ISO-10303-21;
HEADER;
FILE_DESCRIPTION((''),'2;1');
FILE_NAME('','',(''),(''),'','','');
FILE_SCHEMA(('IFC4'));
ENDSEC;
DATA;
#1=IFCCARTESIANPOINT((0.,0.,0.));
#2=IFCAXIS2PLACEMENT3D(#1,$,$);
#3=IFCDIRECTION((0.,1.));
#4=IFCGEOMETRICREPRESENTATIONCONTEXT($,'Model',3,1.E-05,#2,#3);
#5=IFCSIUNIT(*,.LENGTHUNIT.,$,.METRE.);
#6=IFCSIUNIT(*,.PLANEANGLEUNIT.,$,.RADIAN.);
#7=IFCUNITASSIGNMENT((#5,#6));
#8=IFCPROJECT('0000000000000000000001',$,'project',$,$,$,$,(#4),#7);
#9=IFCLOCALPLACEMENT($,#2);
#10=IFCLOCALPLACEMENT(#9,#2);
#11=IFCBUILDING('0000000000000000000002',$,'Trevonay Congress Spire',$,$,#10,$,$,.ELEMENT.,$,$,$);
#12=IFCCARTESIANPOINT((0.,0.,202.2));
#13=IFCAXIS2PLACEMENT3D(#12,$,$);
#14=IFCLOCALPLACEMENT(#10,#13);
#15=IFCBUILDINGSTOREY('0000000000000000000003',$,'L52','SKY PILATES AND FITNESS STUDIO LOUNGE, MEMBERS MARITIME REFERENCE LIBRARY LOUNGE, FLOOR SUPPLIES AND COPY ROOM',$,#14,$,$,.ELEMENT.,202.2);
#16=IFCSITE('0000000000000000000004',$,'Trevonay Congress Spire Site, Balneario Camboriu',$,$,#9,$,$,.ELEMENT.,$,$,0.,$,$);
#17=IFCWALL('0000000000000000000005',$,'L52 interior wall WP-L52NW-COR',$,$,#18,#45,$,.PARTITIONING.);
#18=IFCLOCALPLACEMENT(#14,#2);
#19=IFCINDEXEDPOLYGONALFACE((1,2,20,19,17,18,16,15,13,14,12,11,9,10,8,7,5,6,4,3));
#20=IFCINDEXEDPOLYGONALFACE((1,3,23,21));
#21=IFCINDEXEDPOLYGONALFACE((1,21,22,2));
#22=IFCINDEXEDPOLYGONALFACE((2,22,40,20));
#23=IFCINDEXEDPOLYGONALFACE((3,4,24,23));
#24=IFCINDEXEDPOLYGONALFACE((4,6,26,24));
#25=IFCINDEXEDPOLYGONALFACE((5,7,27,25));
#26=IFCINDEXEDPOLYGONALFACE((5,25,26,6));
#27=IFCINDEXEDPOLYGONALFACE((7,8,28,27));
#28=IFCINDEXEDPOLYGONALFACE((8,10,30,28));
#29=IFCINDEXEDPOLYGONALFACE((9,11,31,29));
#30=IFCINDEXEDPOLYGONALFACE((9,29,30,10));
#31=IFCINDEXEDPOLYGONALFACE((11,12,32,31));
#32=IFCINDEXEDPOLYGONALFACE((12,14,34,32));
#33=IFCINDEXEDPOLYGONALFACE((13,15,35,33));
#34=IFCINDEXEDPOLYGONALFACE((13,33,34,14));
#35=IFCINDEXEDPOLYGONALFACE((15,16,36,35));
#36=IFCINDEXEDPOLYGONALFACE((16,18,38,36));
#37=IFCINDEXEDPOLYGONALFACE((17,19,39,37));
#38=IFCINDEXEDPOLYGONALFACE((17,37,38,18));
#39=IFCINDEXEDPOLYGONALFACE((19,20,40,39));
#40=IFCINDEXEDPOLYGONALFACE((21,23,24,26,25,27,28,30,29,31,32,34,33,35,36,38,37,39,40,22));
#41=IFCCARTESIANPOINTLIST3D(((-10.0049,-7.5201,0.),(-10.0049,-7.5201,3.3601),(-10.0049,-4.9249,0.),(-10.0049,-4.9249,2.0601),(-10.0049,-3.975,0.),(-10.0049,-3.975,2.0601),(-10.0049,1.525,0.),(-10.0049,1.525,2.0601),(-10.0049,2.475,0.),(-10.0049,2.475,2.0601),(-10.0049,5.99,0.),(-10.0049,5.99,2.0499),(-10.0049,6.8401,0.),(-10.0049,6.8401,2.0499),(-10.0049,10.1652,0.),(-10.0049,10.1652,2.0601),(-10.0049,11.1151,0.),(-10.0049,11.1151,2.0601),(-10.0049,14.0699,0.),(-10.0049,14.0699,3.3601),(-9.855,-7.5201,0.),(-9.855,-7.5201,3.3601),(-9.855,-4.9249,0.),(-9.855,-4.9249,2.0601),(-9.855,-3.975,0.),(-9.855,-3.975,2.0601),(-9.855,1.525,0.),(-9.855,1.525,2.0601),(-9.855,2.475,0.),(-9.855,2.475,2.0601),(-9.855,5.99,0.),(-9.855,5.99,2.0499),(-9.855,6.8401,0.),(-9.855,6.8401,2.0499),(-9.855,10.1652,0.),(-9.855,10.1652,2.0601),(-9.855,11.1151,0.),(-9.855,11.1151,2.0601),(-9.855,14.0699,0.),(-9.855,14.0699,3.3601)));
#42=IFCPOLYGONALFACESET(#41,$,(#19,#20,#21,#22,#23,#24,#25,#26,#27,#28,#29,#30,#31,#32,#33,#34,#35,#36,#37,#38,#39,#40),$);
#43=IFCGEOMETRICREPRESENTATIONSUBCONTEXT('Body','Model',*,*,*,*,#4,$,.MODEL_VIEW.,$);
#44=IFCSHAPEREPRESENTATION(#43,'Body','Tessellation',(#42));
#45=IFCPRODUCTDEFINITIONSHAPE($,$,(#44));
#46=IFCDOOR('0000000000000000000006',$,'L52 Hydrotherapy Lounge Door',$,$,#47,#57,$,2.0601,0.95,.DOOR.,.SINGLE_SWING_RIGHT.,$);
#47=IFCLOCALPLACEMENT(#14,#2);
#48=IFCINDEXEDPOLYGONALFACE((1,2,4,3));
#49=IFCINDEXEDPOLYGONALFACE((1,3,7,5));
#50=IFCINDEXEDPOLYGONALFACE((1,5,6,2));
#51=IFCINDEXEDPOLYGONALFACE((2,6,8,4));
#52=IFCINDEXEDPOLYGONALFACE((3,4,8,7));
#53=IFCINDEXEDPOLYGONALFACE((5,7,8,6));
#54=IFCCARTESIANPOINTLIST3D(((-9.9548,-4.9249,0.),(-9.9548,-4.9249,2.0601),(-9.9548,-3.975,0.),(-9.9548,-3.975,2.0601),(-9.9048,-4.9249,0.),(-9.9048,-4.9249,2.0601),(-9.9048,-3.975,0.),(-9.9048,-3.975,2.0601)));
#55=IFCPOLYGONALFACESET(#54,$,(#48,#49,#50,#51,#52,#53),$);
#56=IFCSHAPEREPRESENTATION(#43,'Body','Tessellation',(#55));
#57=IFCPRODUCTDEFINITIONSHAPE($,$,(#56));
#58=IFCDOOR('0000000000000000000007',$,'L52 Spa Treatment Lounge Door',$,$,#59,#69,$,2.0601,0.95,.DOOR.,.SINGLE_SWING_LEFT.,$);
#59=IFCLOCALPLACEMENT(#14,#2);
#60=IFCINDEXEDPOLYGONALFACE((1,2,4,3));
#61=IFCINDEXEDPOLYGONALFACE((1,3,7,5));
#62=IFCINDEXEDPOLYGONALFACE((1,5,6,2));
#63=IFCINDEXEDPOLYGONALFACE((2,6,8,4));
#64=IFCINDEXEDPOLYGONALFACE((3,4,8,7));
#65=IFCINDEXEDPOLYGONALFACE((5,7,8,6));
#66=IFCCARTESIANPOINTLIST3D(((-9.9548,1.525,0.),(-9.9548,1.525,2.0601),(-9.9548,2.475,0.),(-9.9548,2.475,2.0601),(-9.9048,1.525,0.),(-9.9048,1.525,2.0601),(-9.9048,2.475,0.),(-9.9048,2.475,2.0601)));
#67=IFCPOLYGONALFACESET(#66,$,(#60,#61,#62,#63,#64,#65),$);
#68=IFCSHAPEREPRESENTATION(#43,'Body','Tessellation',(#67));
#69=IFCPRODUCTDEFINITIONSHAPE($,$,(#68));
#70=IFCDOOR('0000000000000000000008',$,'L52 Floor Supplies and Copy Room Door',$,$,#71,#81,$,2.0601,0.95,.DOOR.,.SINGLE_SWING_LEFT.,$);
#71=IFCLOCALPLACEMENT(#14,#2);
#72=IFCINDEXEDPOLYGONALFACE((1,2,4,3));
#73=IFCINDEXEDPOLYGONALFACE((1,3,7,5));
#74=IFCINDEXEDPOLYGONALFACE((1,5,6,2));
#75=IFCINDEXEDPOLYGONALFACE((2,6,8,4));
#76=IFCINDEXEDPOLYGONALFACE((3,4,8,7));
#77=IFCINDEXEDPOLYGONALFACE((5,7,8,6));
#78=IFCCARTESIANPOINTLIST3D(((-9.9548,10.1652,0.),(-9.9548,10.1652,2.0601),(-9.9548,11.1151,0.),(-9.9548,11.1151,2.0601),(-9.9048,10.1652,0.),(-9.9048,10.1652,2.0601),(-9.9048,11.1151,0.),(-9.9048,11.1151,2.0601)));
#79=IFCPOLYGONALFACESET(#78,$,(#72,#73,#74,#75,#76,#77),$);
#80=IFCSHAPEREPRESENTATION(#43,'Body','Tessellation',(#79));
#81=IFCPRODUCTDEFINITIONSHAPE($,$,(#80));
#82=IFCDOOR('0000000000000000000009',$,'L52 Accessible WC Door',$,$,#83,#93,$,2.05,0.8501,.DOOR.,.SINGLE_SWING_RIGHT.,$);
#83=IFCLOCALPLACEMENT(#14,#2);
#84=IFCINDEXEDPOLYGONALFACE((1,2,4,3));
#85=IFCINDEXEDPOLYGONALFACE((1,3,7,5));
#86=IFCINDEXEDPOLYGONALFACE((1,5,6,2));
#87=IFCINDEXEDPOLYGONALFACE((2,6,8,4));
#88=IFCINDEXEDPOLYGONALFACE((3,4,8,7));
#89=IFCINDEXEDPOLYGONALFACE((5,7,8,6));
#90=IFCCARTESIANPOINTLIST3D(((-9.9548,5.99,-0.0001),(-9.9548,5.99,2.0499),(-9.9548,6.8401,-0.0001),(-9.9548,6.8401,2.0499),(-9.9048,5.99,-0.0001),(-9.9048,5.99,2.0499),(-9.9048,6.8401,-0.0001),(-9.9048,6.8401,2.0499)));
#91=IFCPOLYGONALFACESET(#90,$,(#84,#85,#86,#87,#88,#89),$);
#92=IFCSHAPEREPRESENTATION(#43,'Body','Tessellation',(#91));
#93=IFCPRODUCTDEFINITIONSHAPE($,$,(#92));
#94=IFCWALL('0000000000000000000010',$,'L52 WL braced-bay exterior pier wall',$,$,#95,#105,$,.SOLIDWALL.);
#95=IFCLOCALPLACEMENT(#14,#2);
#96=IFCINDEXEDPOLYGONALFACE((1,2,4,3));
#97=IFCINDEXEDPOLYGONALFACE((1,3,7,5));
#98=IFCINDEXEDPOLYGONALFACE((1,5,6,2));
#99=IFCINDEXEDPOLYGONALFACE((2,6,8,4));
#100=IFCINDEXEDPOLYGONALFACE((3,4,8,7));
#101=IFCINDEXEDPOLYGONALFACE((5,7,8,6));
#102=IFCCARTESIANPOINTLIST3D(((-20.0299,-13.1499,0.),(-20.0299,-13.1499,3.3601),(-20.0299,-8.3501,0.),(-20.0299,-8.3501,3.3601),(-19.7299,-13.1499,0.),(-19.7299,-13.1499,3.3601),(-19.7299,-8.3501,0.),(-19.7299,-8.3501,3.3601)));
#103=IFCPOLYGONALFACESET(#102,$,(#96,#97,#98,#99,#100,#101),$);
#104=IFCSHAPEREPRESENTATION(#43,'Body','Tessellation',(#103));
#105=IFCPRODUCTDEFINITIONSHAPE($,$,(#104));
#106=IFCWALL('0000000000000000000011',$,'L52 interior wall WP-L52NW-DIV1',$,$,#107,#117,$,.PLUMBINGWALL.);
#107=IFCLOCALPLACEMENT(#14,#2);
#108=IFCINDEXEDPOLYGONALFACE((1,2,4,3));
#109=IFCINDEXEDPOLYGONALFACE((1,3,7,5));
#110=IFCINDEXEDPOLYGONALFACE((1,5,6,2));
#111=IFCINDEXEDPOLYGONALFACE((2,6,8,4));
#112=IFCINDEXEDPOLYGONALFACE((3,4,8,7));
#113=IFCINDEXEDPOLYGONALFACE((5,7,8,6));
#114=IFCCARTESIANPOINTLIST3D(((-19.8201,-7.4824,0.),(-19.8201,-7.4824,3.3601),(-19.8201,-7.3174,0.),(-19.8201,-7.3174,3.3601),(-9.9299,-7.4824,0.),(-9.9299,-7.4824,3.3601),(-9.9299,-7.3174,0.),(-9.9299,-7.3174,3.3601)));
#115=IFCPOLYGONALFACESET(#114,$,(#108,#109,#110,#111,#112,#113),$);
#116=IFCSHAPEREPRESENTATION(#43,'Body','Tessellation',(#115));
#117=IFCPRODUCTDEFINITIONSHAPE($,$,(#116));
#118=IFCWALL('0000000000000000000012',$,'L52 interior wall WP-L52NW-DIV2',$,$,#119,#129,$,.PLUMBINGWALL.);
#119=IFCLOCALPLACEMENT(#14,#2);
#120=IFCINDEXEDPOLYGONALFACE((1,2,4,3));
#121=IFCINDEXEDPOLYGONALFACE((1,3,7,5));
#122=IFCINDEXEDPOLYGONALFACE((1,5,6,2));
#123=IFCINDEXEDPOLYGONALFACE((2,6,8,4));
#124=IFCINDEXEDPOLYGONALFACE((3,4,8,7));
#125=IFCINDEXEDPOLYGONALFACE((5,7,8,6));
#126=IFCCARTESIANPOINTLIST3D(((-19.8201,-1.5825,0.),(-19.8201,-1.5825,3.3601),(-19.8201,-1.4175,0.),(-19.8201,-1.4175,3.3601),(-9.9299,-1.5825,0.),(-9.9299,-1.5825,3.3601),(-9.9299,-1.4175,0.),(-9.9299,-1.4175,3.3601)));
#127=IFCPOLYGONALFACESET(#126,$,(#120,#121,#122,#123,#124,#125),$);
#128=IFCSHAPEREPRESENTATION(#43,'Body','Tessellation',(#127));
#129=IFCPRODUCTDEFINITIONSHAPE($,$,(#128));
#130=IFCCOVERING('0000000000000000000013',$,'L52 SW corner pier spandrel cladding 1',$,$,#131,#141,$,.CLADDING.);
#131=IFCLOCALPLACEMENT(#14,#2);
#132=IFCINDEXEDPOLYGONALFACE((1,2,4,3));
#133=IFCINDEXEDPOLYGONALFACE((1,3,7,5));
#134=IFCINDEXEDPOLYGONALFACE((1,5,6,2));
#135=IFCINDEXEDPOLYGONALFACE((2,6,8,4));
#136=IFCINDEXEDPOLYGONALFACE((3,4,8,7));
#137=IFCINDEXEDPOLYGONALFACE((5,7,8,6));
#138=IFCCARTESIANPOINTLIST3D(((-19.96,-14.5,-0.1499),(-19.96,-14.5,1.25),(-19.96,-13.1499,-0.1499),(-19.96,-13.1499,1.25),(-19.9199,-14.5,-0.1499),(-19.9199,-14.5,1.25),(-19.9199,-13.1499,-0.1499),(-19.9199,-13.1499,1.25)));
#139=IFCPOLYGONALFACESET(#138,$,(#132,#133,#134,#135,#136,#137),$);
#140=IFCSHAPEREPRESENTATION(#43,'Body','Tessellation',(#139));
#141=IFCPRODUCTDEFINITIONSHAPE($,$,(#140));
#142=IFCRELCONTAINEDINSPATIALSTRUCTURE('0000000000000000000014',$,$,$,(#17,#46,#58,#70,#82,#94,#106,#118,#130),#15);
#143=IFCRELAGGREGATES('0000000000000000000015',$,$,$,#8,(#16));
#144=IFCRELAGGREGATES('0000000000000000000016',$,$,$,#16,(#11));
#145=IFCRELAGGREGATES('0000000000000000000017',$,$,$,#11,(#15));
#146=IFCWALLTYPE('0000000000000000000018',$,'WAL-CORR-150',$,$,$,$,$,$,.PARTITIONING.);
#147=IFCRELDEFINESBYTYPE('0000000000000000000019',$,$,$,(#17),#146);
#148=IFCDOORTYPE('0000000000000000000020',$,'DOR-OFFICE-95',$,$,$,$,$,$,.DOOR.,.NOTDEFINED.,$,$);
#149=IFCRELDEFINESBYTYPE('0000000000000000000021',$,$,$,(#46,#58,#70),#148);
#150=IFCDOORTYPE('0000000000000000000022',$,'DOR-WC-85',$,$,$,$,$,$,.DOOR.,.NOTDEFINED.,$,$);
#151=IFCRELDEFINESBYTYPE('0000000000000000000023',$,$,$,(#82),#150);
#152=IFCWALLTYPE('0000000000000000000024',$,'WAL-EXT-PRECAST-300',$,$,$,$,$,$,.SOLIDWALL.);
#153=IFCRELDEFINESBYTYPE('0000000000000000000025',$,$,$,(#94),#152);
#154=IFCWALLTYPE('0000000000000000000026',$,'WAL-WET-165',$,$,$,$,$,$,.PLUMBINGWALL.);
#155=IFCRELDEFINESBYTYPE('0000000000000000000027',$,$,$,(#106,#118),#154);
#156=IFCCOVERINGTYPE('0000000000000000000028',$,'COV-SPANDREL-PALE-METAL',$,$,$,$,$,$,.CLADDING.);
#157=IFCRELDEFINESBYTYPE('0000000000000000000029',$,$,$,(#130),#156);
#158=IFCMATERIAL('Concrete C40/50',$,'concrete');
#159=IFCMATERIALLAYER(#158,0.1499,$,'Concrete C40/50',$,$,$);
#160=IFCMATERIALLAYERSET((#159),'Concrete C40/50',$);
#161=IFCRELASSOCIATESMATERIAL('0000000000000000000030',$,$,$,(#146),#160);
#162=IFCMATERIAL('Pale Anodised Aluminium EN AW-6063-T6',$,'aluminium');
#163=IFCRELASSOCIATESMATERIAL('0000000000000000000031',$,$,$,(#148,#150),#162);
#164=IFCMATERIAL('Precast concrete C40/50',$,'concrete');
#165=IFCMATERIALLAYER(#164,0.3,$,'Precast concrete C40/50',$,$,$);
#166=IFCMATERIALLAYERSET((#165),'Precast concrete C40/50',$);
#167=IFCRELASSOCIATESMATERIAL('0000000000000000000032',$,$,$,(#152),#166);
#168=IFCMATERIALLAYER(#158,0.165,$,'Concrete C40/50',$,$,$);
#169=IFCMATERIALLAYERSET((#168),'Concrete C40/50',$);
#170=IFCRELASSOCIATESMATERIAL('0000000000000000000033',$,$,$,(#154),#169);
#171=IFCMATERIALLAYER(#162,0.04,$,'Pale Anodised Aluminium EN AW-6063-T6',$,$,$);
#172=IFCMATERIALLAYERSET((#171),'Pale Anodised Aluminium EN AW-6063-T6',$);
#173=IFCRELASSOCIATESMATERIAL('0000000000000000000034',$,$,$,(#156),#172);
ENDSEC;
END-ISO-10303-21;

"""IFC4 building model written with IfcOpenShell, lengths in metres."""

from ifc_helpers import new_model, si_unit, direction, frame, frame_2d, origin, place, context, subcontext, project, spatial, rectangle, extrude, material, layer, layer_set, type_object, element, fill, save


model = new_model("IFC4")

# Units and contexts
model_context = context("Model", 3, precision=1e-05, world=origin(), true_north=direction((0.0, 1.0)))
body_context = subcontext(model_context, "Body", "Model", "MODEL_VIEW")
ifc_project = project(units=[si_unit("LENGTHUNIT", "METRE"), si_unit("PLANEANGLEUNIT", "RADIAN")], contexts=[model_context])

# Site, building, storey
site_placement = place(None, origin())
site = spatial("IfcSite", under=ifc_project, at=site_placement, Name="Trevonay Congress Spire Site, Balneario Camboriu", CompositionType="ELEMENT", RefElevation=0.0)
building_placement = place(site_placement, origin())
building = spatial("IfcBuilding", under=site, at=building_placement, Name="Trevonay Congress Spire", CompositionType="ELEMENT")
storey_placement = place(building_placement, frame((0.0, 0.0, 202.2)))
storey = spatial("IfcBuildingStorey", under=building, at=storey_placement, Name="L52", Description="SKY PILATES AND FITNESS STUDIO LOUNGE, MEMBERS MARITIME REFERENCE LIBRARY LOUNGE, FLOOR SUPPLIES AND COPY ROOM", CompositionType="ELEMENT", Elevation=202.2)

# Shared definitions
ifc_material_1 = material(Name="Pale Anodised Aluminium EN AW-6063-T6", Category="aluminium")

# Shared definitions
ifc_material_2 = material(Name="Concrete C40/50", Category="concrete")
ifc_layer_1 = layer(ifc_material_2, 0.1499, Name="Concrete C40/50")
ifc_layer_set_1 = layer_set([ifc_layer_1], Name="Concrete C40/50")
wall_type_1 = type_object("IfcWallType", Name="WAL-CORR-150", PredefinedType="PARTITIONING", material=ifc_layer_set_1)
door_type_1 = type_object("IfcDoorType", Name="DOR-OFFICE-95", OperationType="NOTDEFINED", PredefinedType="DOOR", material=ifc_material_1)

# Wall, openings, doors
wall_1_placement = place(storey_placement, frame((-9.9299, -7.52, 0.0), z_axis=(0.0, 0.0, 1.0), x_axis=(0.0, 1.0, 0.0)))
wall_1 = element("IfcWall", 1, at=wall_1_placement, inside=storey, type_object=wall_type_1, Name="L52 interior wall WP-L52NW-COR", PredefinedType="PARTITIONING", context=body_context, shape_type="SweptSolid", body=[
    extrude(rectangle(XDim=21.5901, YDim=0.1499, at=frame_2d((10.7949, 0.0))), origin(), (0.0, 0.0, 1.0), 3.3601),
])
opening_1_placement = place(wall_1_placement, frame((2.595, 0.0, 0.0)))
opening_1 = element("IfcOpeningElement", 2, at=opening_1_placement, cuts=wall_1, PredefinedType="OPENING", context=body_context, shape_type="SweptSolid", body=[
    extrude(rectangle(XDim=0.95, YDim=2.0601, at=frame_2d((0.4751, 1.03))), frame((0.0, 0.085, 0.0), z_axis=(0.0, -1.0, 0.0), x_axis=(1.0, 0.0, 0.0)), (0.0, 0.0, 1.0), 0.1699),
])
opening_2_placement = place(wall_1_placement, frame((9.0449, 0.0, 0.0)))
opening_2 = element("IfcOpeningElement", 3, at=opening_2_placement, cuts=wall_1, PredefinedType="OPENING", context=body_context, shape_type="SweptSolid", body=[
    extrude(rectangle(XDim=0.95, YDim=2.0601, at=frame_2d((0.4751, 1.03))), frame((0.0, 0.085, 0.0), z_axis=(0.0, -1.0, 0.0), x_axis=(1.0, 0.0, 0.0)), (0.0, 0.0, 1.0), 0.1699),
])
opening_3_placement = place(wall_1_placement, frame((13.51, 0.0, 0.0)))
opening_3 = element("IfcOpeningElement", 4, at=opening_3_placement, cuts=wall_1, PredefinedType="OPENING", context=body_context, shape_type="SweptSolid", body=[
    extrude(rectangle(XDim=0.8501, YDim=2.05, at=frame_2d((0.425, 1.0249))), frame((0.0, 0.085, 0.0), z_axis=(0.0, -1.0, 0.0), x_axis=(1.0, 0.0, 0.0)), (0.0, 0.0, 1.0), 0.1699),
])
opening_4_placement = place(wall_1_placement, frame((17.6851, 0.0, 0.0)))
opening_4 = element("IfcOpeningElement", 5, at=opening_4_placement, cuts=wall_1, PredefinedType="OPENING", context=body_context, shape_type="SweptSolid", body=[
    extrude(rectangle(XDim=0.95, YDim=2.0601, at=frame_2d((0.4751, 1.03))), frame((0.0, 0.085, 0.0), z_axis=(0.0, -1.0, 0.0), x_axis=(1.0, 0.0, 0.0)), (0.0, 0.0, 1.0), 0.1699),
])
door_1_placement = place(opening_1_placement, origin())
door_1 = element("IfcDoor", 6, at=door_1_placement, inside=storey, type_object=door_type_1, Name="L52 Hydrotherapy Lounge Door", OperationType="SINGLE_SWING_RIGHT", OverallHeight=2.0601, OverallWidth=0.95, PredefinedType="DOOR", context=body_context, shape_type="SweptSolid", body=[
    extrude(rectangle(XDim=0.95, YDim=2.0601, at=frame_2d((0.4751, 1.03))), frame((0.0, 0.0249, 0.0), z_axis=(0.0, -1.0, 0.0), x_axis=(1.0, 0.0, 0.0)), (0.0, 0.0, 1.0), 0.05),
])
fill(opening_1, door_1)
door_2_placement = place(opening_2_placement, origin())
door_2 = element("IfcDoor", 7, at=door_2_placement, inside=storey, type_object=door_type_1, Name="L52 Spa Treatment Lounge Door", OperationType="SINGLE_SWING_LEFT", OverallHeight=2.0601, OverallWidth=0.95, PredefinedType="DOOR", context=body_context, shape_type="SweptSolid", body=[
    extrude(rectangle(XDim=0.95, YDim=2.0601, at=frame_2d((0.4751, 1.03))), frame((0.0, 0.0249, 0.0), z_axis=(0.0, -1.0, 0.0), x_axis=(1.0, 0.0, 0.0)), (0.0, 0.0, 1.0), 0.05),
])
fill(opening_2, door_2)
door_3_placement = place(opening_4_placement, origin())
door_3 = element("IfcDoor", 8, at=door_3_placement, inside=storey, type_object=door_type_1, Name="L52 Floor Supplies and Copy Room Door", OperationType="SINGLE_SWING_LEFT", OverallHeight=2.0601, OverallWidth=0.95, PredefinedType="DOOR", context=body_context, shape_type="SweptSolid", body=[
    extrude(rectangle(XDim=0.95, YDim=2.0601, at=frame_2d((0.4751, 1.03))), frame((0.0, 0.0249, 0.0), z_axis=(0.0, -1.0, 0.0), x_axis=(1.0, 0.0, 0.0)), (0.0, 0.0, 1.0), 0.05),
])
fill(opening_4, door_3)
door_type_2 = type_object("IfcDoorType", Name="DOR-WC-85", OperationType="NOTDEFINED", PredefinedType="DOOR", material=ifc_material_1)
door_4_placement = place(opening_3_placement, origin())
door_4 = element("IfcDoor", 9, at=door_4_placement, inside=storey, type_object=door_type_2, Name="L52 Accessible WC Door", OperationType="SINGLE_SWING_RIGHT", OverallHeight=2.05, OverallWidth=0.8501, PredefinedType="DOOR", context=body_context, shape_type="SweptSolid", body=[
    extrude(rectangle(XDim=0.8501, YDim=2.05, at=frame_2d((0.425, 1.0249))), frame((0.0, 0.0249, 0.0), z_axis=(0.0, -1.0, 0.0), x_axis=(1.0, 0.0, 0.0)), (0.0, 0.0, 1.0), 0.05),
])
fill(opening_3, door_4)

# Walls
ifc_material_3 = material(Name="Precast concrete C40/50", Category="concrete")
ifc_layer_2 = layer(ifc_material_3, 0.3, Name="Precast concrete C40/50")
ifc_layer_set_2 = layer_set([ifc_layer_2], Name="Precast concrete C40/50")
wall_type_2 = type_object("IfcWallType", Name="WAL-EXT-PRECAST-300", PredefinedType="SOLIDWALL", material=ifc_layer_set_2)
wall_2_placement = place(storey_placement, frame((-19.8799, -13.1499, 0.0), z_axis=(0.0, 0.0, 1.0), x_axis=(0.0, 1.0, 0.0)))
element("IfcWall", 10, at=wall_2_placement, inside=storey, type_object=wall_type_2, Name="L52 WL braced-bay exterior pier wall", PredefinedType="SOLIDWALL", context=body_context, shape_type="SweptSolid", body=[
    extrude(rectangle(XDim=4.7998, YDim=0.3, at=frame_2d((2.3999, 0.0))), origin(), (0.0, 0.0, 1.0), 3.3601),
])
ifc_layer_3 = layer(ifc_material_2, 0.165, Name="Concrete C40/50")
ifc_layer_set_3 = layer_set([ifc_layer_3], Name="Concrete C40/50")
wall_type_3 = type_object("IfcWallType", Name="WAL-WET-165", PredefinedType="PLUMBINGWALL", material=ifc_layer_set_3)
for number, where, z_axis, x_axis, name in (
    (11, (-19.8201, -7.3999, 0.0), (0.0, 0.0, 1.0), (1.0, 0.0, 0.0), "L52 interior wall WP-L52NW-DIV1"),
    (12, (-19.8201, -1.5, 0.0), (0.0, 0.0, 1.0), (1.0, 0.0, 0.0), "L52 interior wall WP-L52NW-DIV2"),
):
    element("IfcWall", number, at=place(storey_placement, frame(where, z_axis=z_axis, x_axis=x_axis)), inside=storey, type_object=wall_type_3, Name=name, PredefinedType="PLUMBINGWALL", context=body_context, shape_type="SweptSolid", body=[
        extrude(rectangle(XDim=9.8901, YDim=0.165, at=frame_2d((4.9451, 0.0))), origin(), (0.0, 0.0, 1.0), 3.3601),
    ])

# Covering
ifc_layer_4 = layer(ifc_material_1, 0.04, Name="Pale Anodised Aluminium EN AW-6063-T6")
ifc_layer_set_4 = layer_set([ifc_layer_4], Name="Pale Anodised Aluminium EN AW-6063-T6")
covering_type = type_object("IfcCoveringType", Name="COV-SPANDREL-PALE-METAL", PredefinedType="CLADDING", material=ifc_layer_set_4)
covering_placement = place(storey_placement, frame((-19.9399, -13.1499, -0.1499), z_axis=(0.0, 0.0, 1.0), x_axis=(0.0, -1.0, 0.0)))
element("IfcCovering", 13, at=covering_placement, inside=storey, type_object=covering_type, Name="L52 SW corner pier spandrel cladding 1", PredefinedType="CLADDING", context=body_context, shape_type="SweptSolid", body=[
    extrude(rectangle(XDim=1.3501, YDim=0.04, at=frame_2d((0.675, 0.0))), origin(), (0.0, 0.0, 1.0), 1.3999),
])

save(model, "model.ifc")
